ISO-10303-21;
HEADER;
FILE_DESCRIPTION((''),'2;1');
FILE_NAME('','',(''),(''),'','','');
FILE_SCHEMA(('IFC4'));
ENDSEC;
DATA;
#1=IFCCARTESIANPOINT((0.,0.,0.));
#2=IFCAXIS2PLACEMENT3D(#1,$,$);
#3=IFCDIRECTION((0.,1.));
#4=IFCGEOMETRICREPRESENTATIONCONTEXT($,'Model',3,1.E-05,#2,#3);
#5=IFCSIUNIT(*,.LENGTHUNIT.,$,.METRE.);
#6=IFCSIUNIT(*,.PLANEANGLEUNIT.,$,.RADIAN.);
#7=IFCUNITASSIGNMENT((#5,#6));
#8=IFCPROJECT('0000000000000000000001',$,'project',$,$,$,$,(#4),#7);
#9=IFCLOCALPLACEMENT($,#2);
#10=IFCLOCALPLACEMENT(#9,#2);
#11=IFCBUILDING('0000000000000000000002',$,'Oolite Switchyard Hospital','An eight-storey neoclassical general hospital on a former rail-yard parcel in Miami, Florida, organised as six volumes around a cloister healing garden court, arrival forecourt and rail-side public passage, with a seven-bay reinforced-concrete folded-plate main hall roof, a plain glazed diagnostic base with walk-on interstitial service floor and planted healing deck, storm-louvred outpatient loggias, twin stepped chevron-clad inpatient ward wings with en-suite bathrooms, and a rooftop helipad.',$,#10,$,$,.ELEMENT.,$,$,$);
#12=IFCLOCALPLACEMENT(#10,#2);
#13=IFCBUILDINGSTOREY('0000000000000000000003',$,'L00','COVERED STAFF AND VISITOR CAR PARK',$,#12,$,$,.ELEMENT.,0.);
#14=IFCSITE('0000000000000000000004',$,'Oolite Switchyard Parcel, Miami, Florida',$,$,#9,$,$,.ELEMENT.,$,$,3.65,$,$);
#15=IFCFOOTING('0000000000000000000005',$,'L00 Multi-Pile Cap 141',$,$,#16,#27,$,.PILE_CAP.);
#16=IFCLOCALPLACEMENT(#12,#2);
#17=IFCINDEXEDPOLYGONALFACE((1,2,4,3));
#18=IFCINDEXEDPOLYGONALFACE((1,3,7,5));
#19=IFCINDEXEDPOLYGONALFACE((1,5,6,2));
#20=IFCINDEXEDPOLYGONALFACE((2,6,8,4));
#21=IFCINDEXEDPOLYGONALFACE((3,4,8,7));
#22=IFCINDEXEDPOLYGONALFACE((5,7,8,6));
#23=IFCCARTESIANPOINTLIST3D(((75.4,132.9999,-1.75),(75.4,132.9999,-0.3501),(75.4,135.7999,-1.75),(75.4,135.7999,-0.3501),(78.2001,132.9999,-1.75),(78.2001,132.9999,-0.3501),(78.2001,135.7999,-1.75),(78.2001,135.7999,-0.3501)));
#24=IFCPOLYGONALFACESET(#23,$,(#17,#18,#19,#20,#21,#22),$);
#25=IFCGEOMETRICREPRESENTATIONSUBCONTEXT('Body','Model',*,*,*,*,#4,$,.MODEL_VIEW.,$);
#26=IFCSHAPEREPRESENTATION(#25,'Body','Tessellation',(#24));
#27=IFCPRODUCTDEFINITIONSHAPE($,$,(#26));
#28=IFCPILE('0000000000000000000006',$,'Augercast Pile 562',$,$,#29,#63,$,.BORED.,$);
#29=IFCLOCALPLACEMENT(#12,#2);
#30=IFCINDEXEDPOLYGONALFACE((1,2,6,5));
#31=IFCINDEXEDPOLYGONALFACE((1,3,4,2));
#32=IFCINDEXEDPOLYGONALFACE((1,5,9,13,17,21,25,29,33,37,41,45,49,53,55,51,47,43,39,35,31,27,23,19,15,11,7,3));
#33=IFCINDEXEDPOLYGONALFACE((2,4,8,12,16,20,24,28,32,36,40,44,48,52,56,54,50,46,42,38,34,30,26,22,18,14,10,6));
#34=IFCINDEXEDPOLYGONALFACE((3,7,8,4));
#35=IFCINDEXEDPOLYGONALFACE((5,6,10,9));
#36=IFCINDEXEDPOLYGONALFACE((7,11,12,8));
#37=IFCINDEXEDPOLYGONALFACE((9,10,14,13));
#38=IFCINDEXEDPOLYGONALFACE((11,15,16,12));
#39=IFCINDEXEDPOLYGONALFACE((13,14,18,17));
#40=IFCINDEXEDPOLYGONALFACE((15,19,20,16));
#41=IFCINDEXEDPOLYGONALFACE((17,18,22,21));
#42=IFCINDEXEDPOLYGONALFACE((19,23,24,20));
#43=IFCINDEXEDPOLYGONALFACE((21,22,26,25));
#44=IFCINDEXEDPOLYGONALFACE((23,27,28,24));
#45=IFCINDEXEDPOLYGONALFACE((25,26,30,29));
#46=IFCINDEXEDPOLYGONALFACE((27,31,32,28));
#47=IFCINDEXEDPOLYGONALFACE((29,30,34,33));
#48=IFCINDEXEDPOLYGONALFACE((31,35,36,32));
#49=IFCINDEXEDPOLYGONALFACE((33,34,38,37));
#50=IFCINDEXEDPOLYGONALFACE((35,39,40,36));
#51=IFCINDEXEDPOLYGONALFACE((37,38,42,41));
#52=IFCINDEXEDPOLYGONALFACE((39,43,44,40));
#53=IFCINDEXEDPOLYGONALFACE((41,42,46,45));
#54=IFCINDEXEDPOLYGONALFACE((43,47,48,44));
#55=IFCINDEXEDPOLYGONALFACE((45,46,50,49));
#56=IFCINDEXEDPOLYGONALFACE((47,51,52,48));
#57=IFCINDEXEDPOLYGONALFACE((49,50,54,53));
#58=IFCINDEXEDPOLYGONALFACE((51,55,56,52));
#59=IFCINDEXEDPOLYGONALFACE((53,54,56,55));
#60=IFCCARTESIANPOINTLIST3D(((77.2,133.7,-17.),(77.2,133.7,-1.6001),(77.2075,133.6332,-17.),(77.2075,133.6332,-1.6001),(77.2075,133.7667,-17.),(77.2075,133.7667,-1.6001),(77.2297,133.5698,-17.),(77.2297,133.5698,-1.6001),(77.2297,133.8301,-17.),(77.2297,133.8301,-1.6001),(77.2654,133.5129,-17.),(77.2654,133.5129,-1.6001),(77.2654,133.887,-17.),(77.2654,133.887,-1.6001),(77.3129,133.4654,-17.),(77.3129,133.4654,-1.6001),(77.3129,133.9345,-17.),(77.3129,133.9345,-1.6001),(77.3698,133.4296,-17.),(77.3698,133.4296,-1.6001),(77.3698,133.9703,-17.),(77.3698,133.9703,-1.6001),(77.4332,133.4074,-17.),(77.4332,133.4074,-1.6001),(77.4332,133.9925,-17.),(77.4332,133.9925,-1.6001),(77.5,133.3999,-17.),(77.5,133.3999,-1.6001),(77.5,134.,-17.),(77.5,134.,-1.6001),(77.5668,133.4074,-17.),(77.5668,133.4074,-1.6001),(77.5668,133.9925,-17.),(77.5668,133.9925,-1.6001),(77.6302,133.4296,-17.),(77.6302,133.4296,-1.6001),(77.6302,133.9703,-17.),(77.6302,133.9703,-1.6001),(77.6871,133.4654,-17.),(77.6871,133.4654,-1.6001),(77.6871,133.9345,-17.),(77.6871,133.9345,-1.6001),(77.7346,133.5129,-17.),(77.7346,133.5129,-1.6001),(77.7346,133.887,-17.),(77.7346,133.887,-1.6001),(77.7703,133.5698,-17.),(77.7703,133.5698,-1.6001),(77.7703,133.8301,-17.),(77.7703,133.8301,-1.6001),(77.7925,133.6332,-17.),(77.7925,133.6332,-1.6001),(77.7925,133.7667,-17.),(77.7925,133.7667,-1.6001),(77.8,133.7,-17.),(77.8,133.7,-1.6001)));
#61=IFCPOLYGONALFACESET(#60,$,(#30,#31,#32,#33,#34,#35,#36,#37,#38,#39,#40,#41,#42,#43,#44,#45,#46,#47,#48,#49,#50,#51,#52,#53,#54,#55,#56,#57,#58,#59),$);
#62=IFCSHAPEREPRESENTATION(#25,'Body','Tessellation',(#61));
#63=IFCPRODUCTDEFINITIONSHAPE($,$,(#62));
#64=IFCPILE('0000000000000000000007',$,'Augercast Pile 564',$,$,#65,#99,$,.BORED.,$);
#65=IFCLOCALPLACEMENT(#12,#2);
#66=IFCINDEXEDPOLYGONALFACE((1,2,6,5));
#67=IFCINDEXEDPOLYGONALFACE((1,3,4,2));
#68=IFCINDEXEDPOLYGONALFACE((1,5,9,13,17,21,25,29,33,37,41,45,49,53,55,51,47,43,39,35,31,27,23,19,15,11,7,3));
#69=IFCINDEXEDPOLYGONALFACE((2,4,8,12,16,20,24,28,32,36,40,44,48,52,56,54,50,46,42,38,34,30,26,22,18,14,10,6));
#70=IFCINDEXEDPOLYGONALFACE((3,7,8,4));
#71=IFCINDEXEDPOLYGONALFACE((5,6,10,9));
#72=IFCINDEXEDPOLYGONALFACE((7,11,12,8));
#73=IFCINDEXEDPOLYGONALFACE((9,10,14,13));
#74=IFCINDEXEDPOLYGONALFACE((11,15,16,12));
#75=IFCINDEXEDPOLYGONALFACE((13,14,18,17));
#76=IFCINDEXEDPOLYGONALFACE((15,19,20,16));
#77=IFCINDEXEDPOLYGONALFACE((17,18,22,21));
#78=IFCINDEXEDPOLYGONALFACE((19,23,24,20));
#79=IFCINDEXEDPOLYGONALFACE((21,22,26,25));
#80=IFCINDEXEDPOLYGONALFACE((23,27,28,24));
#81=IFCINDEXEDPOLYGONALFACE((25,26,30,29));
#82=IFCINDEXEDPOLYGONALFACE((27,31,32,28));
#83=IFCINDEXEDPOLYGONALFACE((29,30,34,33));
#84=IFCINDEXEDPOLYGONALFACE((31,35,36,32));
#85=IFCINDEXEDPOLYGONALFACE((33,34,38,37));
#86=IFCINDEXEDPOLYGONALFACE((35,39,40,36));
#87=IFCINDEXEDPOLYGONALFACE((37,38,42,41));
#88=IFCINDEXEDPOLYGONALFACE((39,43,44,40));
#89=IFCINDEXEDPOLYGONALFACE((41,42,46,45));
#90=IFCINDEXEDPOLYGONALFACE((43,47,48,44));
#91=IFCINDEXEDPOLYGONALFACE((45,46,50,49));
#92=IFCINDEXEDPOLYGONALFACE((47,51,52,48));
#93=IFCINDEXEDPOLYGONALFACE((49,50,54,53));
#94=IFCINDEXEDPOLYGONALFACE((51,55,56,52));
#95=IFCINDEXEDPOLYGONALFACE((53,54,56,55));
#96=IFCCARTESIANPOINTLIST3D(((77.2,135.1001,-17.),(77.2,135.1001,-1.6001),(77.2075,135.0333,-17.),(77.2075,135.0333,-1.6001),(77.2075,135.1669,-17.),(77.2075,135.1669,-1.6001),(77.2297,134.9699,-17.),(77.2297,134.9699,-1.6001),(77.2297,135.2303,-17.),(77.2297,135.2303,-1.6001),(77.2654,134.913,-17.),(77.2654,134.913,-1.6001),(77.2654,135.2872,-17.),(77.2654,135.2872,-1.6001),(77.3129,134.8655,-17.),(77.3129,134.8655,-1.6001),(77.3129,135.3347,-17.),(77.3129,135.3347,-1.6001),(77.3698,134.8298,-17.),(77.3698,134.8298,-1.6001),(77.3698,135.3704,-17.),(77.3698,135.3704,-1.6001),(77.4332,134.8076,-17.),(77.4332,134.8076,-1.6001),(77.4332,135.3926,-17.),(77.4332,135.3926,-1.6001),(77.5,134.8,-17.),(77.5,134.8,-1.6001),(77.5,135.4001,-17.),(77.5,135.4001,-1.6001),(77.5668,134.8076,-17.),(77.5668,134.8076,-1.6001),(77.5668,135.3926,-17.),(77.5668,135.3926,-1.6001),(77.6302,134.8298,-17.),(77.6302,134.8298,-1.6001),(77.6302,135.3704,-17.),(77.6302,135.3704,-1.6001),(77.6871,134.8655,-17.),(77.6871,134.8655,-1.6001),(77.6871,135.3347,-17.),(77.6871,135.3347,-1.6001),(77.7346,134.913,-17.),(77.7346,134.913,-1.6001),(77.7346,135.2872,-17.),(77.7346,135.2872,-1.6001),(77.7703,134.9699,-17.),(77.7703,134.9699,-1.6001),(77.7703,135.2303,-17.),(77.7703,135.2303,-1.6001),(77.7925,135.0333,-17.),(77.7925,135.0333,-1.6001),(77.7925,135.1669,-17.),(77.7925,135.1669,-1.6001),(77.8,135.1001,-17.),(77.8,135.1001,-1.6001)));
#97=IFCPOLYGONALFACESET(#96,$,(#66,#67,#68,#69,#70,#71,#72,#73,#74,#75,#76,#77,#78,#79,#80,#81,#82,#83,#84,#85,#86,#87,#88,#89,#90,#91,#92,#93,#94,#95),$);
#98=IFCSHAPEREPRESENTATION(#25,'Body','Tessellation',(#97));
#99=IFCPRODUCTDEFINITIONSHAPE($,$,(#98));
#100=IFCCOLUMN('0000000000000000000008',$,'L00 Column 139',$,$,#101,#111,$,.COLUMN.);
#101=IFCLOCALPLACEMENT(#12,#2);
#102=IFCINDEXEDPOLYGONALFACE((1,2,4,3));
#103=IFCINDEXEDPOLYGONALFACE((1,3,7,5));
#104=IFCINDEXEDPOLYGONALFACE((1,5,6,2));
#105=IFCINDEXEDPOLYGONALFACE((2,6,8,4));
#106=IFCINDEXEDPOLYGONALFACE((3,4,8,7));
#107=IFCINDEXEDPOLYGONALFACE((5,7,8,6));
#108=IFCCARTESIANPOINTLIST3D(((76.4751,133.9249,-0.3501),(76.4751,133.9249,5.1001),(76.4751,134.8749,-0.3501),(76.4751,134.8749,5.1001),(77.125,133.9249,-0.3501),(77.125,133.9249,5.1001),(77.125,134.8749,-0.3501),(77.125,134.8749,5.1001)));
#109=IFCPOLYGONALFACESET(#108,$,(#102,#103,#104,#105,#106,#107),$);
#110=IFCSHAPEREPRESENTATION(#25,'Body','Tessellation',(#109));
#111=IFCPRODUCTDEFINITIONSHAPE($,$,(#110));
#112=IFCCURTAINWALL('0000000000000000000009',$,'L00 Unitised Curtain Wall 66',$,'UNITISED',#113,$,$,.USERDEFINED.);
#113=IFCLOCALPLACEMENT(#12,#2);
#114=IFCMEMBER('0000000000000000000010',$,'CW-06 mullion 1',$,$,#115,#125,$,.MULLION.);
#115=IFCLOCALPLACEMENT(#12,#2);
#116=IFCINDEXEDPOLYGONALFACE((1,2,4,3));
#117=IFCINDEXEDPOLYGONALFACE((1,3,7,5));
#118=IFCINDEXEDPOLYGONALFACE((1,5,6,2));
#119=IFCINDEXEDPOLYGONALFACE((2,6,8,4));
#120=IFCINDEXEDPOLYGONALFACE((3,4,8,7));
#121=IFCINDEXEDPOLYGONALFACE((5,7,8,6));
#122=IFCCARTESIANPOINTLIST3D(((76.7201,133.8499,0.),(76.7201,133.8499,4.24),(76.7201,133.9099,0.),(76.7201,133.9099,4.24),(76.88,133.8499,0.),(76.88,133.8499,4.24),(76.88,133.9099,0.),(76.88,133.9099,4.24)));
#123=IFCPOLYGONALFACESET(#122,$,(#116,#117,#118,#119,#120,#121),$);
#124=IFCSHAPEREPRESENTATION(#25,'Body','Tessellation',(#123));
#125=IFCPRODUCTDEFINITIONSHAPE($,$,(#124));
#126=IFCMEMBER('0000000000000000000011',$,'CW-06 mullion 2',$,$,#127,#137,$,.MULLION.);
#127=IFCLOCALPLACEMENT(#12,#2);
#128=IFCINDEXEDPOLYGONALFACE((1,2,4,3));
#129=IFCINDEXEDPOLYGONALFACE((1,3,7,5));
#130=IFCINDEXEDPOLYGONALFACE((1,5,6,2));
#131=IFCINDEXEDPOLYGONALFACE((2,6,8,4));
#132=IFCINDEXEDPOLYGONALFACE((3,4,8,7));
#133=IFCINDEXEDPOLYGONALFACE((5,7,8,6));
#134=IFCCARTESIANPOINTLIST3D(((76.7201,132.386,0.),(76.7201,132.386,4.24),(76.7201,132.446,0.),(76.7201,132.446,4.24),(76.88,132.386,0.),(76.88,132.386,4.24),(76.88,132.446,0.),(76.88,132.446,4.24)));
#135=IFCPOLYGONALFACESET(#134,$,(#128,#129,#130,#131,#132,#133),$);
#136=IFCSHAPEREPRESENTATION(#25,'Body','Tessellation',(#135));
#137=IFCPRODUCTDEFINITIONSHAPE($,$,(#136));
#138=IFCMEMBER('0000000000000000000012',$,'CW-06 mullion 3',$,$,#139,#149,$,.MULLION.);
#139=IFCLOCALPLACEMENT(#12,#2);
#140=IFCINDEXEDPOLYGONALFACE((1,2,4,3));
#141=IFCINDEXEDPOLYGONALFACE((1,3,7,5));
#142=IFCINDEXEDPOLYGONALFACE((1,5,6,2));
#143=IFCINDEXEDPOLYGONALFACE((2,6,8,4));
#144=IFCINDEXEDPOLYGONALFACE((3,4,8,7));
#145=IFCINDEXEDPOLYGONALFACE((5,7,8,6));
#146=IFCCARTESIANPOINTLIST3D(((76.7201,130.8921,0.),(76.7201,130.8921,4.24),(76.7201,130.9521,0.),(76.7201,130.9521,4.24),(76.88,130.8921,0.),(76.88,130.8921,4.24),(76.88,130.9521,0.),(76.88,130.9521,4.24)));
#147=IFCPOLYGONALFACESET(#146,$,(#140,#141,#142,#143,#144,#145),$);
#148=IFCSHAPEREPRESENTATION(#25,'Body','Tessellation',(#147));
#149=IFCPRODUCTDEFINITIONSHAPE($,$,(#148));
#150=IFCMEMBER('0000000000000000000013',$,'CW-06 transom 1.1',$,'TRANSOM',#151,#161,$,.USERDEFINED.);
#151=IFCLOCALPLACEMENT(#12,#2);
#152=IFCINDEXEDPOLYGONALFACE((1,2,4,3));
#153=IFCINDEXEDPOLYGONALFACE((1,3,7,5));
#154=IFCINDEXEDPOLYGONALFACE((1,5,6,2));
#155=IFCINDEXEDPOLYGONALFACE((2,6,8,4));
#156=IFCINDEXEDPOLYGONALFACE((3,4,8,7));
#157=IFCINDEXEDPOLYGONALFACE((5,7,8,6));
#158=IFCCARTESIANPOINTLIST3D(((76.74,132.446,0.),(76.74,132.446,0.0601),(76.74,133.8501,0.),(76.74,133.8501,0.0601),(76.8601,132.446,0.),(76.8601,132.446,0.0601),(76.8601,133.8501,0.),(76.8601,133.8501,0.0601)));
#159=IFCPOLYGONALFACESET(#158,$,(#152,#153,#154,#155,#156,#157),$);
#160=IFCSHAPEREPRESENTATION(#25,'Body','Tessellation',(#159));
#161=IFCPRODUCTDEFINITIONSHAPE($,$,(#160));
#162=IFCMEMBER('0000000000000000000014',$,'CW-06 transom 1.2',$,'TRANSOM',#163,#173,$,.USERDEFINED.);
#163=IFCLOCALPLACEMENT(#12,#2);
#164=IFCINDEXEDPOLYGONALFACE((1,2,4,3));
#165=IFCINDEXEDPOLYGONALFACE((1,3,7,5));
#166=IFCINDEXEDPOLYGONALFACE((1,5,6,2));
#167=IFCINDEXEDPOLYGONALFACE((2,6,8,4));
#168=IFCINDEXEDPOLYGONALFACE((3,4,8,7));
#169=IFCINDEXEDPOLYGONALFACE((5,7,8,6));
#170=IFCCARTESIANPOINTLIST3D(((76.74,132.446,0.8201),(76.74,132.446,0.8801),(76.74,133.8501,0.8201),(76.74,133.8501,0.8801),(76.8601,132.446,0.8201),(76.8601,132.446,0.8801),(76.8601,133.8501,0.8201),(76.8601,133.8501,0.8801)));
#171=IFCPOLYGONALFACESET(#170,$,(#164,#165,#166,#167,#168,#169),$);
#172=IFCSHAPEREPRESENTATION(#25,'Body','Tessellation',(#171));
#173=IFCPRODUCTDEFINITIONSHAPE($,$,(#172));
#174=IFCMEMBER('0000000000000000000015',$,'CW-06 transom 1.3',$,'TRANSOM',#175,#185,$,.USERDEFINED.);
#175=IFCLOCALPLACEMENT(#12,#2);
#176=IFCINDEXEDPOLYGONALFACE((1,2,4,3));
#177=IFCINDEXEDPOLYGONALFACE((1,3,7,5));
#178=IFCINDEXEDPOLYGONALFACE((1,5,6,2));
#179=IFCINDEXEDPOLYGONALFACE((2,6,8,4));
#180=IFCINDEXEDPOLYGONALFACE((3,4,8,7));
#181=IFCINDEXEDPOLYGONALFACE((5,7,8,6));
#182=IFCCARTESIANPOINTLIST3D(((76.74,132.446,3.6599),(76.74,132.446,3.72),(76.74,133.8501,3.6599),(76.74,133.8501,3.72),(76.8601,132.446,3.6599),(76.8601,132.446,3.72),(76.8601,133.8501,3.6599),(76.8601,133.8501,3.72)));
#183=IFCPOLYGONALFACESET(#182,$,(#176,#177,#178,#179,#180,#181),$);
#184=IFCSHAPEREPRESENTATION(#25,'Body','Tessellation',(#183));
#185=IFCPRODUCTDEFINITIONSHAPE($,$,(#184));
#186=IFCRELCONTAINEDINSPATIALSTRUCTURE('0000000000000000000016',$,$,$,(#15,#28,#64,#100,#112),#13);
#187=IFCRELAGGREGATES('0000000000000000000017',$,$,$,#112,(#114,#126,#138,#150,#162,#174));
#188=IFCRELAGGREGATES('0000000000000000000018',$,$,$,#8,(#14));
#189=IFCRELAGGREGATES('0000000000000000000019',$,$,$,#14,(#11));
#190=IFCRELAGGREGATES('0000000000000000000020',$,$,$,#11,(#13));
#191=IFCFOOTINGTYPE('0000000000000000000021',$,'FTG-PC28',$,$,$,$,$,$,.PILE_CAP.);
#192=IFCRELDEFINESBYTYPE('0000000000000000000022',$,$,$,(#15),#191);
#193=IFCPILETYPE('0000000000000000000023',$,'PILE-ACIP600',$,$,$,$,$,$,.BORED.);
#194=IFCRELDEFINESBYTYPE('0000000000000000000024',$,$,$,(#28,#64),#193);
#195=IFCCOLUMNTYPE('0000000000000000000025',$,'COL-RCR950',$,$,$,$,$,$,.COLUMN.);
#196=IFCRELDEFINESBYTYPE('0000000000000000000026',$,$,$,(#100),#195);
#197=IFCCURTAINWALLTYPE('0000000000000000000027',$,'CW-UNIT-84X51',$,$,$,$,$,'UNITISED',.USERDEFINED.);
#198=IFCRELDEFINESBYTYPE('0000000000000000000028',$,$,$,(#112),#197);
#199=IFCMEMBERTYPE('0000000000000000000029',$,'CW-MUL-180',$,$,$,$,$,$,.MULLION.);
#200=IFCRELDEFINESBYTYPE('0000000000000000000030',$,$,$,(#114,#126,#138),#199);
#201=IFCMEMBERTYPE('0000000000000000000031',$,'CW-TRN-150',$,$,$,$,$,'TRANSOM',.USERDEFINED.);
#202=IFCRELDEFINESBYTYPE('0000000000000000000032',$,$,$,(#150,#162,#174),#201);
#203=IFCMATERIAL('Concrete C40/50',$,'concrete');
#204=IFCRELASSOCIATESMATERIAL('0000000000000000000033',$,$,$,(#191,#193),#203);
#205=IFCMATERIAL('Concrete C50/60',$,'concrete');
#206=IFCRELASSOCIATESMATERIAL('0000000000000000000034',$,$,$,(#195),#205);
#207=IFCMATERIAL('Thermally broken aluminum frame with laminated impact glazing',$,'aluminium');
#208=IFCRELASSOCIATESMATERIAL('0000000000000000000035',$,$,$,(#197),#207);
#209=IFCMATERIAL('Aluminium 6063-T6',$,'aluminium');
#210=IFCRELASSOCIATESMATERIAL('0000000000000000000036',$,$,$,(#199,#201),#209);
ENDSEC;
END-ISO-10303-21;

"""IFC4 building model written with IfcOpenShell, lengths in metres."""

from ifc_helpers import new_model, si_unit, direction, frame, origin, origin_2d, place, context, subcontext, project, spatial, rectangle, circle, extrude, material, material_profile, profile_set, type_object, element, aggregate, save


model = new_model("IFC4")

# Units and contexts
model_context = context("Model", 3, precision=1e-05, world=origin(), true_north=direction((0.0, 1.0)))
body_context = subcontext(model_context, "Body", "Model", "MODEL_VIEW")
ifc_project = project(units=[si_unit("LENGTHUNIT", "METRE"), si_unit("PLANEANGLEUNIT", "RADIAN")], contexts=[model_context])

# Site, building, storey
site_placement = place(None, origin())
site = spatial("IfcSite", under=ifc_project, at=site_placement, Name="Oolite Switchyard Parcel, Miami, Florida", CompositionType="ELEMENT", RefElevation=3.65)
building_placement = place(site_placement, origin())
building = spatial("IfcBuilding", under=site, at=building_placement, Name="Oolite Switchyard Hospital", Description="An eight-storey neoclassical general hospital on a former rail-yard parcel in Miami, Florida, organised as six volumes around a cloister healing garden court, arrival forecourt and rail-side public passage, with a seven-bay reinforced-concrete folded-plate main hall roof, a plain glazed diagnostic base with walk-on interstitial service floor and planted healing deck, storm-louvred outpatient loggias, twin stepped chevron-clad inpatient ward wings with en-suite bathrooms, and a rooftop helipad.", CompositionType="ELEMENT")
storey_placement = place(building_placement, origin())
storey = spatial("IfcBuildingStorey", under=building, at=storey_placement, Name="L00", Description="COVERED STAFF AND VISITOR CAR PARK", CompositionType="ELEMENT", Elevation=0.0)

# Footing
ifc_material_1 = material(Name="Concrete C40/50", Category="concrete")
footing_type = type_object("IfcFootingType", Name="FTG-PC28", PredefinedType="PILE_CAP", material=ifc_material_1)
footing_placement = place(storey_placement, frame((76.8, 134.3999, -1.75), z_axis=(0.0, 0.0, 1.0), x_axis=(1.0, 0.0, 0.0)))
element("IfcFooting", 1, at=footing_placement, inside=storey, type_object=footing_type, Name="L00 Multi-Pile Cap 141", PredefinedType="PILE_CAP", context=body_context, shape_type="SweptSolid", body=[
    extrude(rectangle(XDim=2.8, YDim=2.8, at=origin_2d()), origin(), (0.0, 0.0, 1.0), 1.3999),
])

# Piles
ifc_material_profile_1 = material_profile(ifc_material_1, circle(Radius=0.3, at=origin_2d()), Name="PILE600")
ifc_profile_set_1 = profile_set([ifc_material_profile_1], Name="Concrete C40/50")
pile_type = type_object("IfcPileType", Name="PILE-ACIP600", PredefinedType="BORED", material=ifc_profile_set_1)
for number, where, z_axis, x_axis, name in (
    (2, (77.5, 133.7, -1.6001), (0.0, 0.0, -1.0), (1.0, 0.0, 0.0), "Augercast Pile 562"),
    (3, (77.5, 135.1001, -1.6001), (0.0, 0.0, -1.0), (1.0, 0.0, 0.0), "Augercast Pile 564"),
):
    element("IfcPile", number, at=place(storey_placement, frame(where, z_axis=z_axis, x_axis=x_axis)), inside=storey, type_object=pile_type, Name=name, PredefinedType="BORED", context=body_context, shape_type="SweptSolid", body=[
        extrude(circle(Radius=0.3, at=origin_2d()), origin(), (0.0, 0.0, 1.0), 15.3999),
    ])

# Column
ifc_material_2 = material(Name="Concrete C50/60", Category="concrete")
ifc_material_profile_2 = material_profile(ifc_material_2, rectangle(XDim=0.95, YDim=0.6499, at=origin_2d()), Name="RC950X650")
ifc_profile_set_2 = profile_set([ifc_material_profile_2], Name="Concrete C50/60")
column_type = type_object("IfcColumnType", Name="COL-RCR950", PredefinedType="COLUMN", material=ifc_profile_set_2)
column_placement = place(storey_placement, frame((76.8, 134.3999, -0.3501), z_axis=(0.0, 0.0, 1.0), x_axis=(0.0, 1.0, 0.0)))
element("IfcColumn", 4, at=column_placement, inside=storey, type_object=column_type, Name="L00 Column 139", PredefinedType="COLUMN", context=body_context, shape_type="SweptSolid", body=[
    extrude(rectangle(XDim=0.95, YDim=0.6499, at=origin_2d()), origin(), (0.0, 0.0, 1.0), 5.4502),
])

# Curtain wall, members
ifc_material_3 = material(Name="Thermally broken aluminum frame with laminated impact glazing", Category="aluminium")
curtain_wall_type = type_object("IfcCurtainWallType", Name="CW-UNIT-84X51", ElementType="UNITISED", PredefinedType="USERDEFINED", material=ifc_material_3)
curtain_wall_placement = place(storey_placement, origin())
curtain_wall = element("IfcCurtainWall", 5, at=curtain_wall_placement, inside=storey, type_object=curtain_wall_type, Name="L00 Unitised Curtain Wall 66", ObjectType="UNITISED", PredefinedType="USERDEFINED")
ifc_material_4 = material(Name="Aluminium 6063-T6", Category="aluminium")
ifc_material_profile_3 = material_profile(ifc_material_4, rectangle(XDim=0.1599, YDim=0.0601, at=origin_2d()), Name="CWM60X160")
ifc_profile_set_3 = profile_set([ifc_material_profile_3], Name="Aluminium 6063-T6")
member_type_1 = type_object("IfcMemberType", Name="CW-MUL-180", PredefinedType="MULLION", material=ifc_profile_set_3)
member_1_placement = place(storey_placement, frame((76.8, 133.8799, 0.0), z_axis=(0.0, 0.0, 1.0), x_axis=(1.0, 0.0, 0.0)))
member_1 = element("IfcMember", 6, at=member_1_placement, type_object=member_type_1, Name="CW-06 mullion 1", PredefinedType="MULLION", context=body_context, shape_type="SweptSolid", body=[
    extrude(rectangle(XDim=0.1599, YDim=0.0601, at=origin_2d()), origin(), (0.0, 0.0, 1.0), 4.24),
])
member_2_placement = place(storey_placement, frame((76.8, 132.416, 0.0), z_axis=(0.0, 0.0, 1.0), x_axis=(1.0, 0.0, 0.0)))
member_2 = element("IfcMember", 7, at=member_2_placement, type_object=member_type_1, Name="CW-06 mullion 2", PredefinedType="MULLION", context=body_context, shape_type="SweptSolid", body=[
    extrude(rectangle(XDim=0.1599, YDim=0.0601, at=origin_2d()), origin(), (0.0, 0.0, 1.0), 4.24),
])
member_3_placement = place(storey_placement, frame((76.8, 130.9221, 0.0), z_axis=(0.0, 0.0, 1.0), x_axis=(1.0, 0.0, 0.0)))
member_3 = element("IfcMember", 8, at=member_3_placement, type_object=member_type_1, Name="CW-06 mullion 3", PredefinedType="MULLION", context=body_context, shape_type="SweptSolid", body=[
    extrude(rectangle(XDim=0.1599, YDim=0.0601, at=origin_2d()), origin(), (0.0, 0.0, 1.0), 4.24),
])
ifc_material_profile_4 = material_profile(ifc_material_4, rectangle(XDim=0.1201, YDim=0.0601, at=origin_2d()), Name="CWT60X120")
ifc_profile_set_4 = profile_set([ifc_material_profile_4], Name="Aluminium 6063-T6")
member_type_2 = type_object("IfcMemberType", Name="CW-TRN-150", ElementType="TRANSOM", PredefinedType="USERDEFINED", material=ifc_profile_set_4)
member_4_placement = place(storey_placement, frame((76.8, 133.8501, 0.03), z_axis=(0.0, -1.0, 0.0), x_axis=(1.0, 0.0, 0.0)))
member_4 = element("IfcMember", 9, at=member_4_placement, type_object=member_type_2, Name="CW-06 transom 1.1", ObjectType="TRANSOM", PredefinedType="USERDEFINED", context=body_context, shape_type="SweptSolid", body=[
    extrude(rectangle(XDim=0.1201, YDim=0.0601, at=origin_2d()), origin(), (0.0, 0.0, 1.0), 1.4041),
])
member_5_placement = place(storey_placement, frame((76.8, 133.8501, 0.8501), z_axis=(0.0, -1.0, 0.0), x_axis=(1.0, 0.0, 0.0)))
member_5 = element("IfcMember", 10, at=member_5_placement, type_object=member_type_2, Name="CW-06 transom 1.2", ObjectType="TRANSOM", PredefinedType="USERDEFINED", context=body_context, shape_type="SweptSolid", body=[
    extrude(rectangle(XDim=0.1201, YDim=0.0601, at=origin_2d()), origin(), (0.0, 0.0, 1.0), 1.4041),
])
member_6_placement = place(storey_placement, frame((76.8, 133.8501, 3.6899), z_axis=(0.0, -1.0, 0.0), x_axis=(1.0, 0.0, 0.0)))
member_6 = element("IfcMember", 11, at=member_6_placement, type_object=member_type_2, Name="CW-06 transom 1.3", ObjectType="TRANSOM", PredefinedType="USERDEFINED", context=body_context, shape_type="SweptSolid", body=[
    extrude(rectangle(XDim=0.1201, YDim=0.0601, at=origin_2d()), origin(), (0.0, 0.0, 1.0), 1.4041),
])
aggregate(curtain_wall, [member_1, member_2, member_3, member_4, member_5, member_6])

save(model, "model.ifc")
